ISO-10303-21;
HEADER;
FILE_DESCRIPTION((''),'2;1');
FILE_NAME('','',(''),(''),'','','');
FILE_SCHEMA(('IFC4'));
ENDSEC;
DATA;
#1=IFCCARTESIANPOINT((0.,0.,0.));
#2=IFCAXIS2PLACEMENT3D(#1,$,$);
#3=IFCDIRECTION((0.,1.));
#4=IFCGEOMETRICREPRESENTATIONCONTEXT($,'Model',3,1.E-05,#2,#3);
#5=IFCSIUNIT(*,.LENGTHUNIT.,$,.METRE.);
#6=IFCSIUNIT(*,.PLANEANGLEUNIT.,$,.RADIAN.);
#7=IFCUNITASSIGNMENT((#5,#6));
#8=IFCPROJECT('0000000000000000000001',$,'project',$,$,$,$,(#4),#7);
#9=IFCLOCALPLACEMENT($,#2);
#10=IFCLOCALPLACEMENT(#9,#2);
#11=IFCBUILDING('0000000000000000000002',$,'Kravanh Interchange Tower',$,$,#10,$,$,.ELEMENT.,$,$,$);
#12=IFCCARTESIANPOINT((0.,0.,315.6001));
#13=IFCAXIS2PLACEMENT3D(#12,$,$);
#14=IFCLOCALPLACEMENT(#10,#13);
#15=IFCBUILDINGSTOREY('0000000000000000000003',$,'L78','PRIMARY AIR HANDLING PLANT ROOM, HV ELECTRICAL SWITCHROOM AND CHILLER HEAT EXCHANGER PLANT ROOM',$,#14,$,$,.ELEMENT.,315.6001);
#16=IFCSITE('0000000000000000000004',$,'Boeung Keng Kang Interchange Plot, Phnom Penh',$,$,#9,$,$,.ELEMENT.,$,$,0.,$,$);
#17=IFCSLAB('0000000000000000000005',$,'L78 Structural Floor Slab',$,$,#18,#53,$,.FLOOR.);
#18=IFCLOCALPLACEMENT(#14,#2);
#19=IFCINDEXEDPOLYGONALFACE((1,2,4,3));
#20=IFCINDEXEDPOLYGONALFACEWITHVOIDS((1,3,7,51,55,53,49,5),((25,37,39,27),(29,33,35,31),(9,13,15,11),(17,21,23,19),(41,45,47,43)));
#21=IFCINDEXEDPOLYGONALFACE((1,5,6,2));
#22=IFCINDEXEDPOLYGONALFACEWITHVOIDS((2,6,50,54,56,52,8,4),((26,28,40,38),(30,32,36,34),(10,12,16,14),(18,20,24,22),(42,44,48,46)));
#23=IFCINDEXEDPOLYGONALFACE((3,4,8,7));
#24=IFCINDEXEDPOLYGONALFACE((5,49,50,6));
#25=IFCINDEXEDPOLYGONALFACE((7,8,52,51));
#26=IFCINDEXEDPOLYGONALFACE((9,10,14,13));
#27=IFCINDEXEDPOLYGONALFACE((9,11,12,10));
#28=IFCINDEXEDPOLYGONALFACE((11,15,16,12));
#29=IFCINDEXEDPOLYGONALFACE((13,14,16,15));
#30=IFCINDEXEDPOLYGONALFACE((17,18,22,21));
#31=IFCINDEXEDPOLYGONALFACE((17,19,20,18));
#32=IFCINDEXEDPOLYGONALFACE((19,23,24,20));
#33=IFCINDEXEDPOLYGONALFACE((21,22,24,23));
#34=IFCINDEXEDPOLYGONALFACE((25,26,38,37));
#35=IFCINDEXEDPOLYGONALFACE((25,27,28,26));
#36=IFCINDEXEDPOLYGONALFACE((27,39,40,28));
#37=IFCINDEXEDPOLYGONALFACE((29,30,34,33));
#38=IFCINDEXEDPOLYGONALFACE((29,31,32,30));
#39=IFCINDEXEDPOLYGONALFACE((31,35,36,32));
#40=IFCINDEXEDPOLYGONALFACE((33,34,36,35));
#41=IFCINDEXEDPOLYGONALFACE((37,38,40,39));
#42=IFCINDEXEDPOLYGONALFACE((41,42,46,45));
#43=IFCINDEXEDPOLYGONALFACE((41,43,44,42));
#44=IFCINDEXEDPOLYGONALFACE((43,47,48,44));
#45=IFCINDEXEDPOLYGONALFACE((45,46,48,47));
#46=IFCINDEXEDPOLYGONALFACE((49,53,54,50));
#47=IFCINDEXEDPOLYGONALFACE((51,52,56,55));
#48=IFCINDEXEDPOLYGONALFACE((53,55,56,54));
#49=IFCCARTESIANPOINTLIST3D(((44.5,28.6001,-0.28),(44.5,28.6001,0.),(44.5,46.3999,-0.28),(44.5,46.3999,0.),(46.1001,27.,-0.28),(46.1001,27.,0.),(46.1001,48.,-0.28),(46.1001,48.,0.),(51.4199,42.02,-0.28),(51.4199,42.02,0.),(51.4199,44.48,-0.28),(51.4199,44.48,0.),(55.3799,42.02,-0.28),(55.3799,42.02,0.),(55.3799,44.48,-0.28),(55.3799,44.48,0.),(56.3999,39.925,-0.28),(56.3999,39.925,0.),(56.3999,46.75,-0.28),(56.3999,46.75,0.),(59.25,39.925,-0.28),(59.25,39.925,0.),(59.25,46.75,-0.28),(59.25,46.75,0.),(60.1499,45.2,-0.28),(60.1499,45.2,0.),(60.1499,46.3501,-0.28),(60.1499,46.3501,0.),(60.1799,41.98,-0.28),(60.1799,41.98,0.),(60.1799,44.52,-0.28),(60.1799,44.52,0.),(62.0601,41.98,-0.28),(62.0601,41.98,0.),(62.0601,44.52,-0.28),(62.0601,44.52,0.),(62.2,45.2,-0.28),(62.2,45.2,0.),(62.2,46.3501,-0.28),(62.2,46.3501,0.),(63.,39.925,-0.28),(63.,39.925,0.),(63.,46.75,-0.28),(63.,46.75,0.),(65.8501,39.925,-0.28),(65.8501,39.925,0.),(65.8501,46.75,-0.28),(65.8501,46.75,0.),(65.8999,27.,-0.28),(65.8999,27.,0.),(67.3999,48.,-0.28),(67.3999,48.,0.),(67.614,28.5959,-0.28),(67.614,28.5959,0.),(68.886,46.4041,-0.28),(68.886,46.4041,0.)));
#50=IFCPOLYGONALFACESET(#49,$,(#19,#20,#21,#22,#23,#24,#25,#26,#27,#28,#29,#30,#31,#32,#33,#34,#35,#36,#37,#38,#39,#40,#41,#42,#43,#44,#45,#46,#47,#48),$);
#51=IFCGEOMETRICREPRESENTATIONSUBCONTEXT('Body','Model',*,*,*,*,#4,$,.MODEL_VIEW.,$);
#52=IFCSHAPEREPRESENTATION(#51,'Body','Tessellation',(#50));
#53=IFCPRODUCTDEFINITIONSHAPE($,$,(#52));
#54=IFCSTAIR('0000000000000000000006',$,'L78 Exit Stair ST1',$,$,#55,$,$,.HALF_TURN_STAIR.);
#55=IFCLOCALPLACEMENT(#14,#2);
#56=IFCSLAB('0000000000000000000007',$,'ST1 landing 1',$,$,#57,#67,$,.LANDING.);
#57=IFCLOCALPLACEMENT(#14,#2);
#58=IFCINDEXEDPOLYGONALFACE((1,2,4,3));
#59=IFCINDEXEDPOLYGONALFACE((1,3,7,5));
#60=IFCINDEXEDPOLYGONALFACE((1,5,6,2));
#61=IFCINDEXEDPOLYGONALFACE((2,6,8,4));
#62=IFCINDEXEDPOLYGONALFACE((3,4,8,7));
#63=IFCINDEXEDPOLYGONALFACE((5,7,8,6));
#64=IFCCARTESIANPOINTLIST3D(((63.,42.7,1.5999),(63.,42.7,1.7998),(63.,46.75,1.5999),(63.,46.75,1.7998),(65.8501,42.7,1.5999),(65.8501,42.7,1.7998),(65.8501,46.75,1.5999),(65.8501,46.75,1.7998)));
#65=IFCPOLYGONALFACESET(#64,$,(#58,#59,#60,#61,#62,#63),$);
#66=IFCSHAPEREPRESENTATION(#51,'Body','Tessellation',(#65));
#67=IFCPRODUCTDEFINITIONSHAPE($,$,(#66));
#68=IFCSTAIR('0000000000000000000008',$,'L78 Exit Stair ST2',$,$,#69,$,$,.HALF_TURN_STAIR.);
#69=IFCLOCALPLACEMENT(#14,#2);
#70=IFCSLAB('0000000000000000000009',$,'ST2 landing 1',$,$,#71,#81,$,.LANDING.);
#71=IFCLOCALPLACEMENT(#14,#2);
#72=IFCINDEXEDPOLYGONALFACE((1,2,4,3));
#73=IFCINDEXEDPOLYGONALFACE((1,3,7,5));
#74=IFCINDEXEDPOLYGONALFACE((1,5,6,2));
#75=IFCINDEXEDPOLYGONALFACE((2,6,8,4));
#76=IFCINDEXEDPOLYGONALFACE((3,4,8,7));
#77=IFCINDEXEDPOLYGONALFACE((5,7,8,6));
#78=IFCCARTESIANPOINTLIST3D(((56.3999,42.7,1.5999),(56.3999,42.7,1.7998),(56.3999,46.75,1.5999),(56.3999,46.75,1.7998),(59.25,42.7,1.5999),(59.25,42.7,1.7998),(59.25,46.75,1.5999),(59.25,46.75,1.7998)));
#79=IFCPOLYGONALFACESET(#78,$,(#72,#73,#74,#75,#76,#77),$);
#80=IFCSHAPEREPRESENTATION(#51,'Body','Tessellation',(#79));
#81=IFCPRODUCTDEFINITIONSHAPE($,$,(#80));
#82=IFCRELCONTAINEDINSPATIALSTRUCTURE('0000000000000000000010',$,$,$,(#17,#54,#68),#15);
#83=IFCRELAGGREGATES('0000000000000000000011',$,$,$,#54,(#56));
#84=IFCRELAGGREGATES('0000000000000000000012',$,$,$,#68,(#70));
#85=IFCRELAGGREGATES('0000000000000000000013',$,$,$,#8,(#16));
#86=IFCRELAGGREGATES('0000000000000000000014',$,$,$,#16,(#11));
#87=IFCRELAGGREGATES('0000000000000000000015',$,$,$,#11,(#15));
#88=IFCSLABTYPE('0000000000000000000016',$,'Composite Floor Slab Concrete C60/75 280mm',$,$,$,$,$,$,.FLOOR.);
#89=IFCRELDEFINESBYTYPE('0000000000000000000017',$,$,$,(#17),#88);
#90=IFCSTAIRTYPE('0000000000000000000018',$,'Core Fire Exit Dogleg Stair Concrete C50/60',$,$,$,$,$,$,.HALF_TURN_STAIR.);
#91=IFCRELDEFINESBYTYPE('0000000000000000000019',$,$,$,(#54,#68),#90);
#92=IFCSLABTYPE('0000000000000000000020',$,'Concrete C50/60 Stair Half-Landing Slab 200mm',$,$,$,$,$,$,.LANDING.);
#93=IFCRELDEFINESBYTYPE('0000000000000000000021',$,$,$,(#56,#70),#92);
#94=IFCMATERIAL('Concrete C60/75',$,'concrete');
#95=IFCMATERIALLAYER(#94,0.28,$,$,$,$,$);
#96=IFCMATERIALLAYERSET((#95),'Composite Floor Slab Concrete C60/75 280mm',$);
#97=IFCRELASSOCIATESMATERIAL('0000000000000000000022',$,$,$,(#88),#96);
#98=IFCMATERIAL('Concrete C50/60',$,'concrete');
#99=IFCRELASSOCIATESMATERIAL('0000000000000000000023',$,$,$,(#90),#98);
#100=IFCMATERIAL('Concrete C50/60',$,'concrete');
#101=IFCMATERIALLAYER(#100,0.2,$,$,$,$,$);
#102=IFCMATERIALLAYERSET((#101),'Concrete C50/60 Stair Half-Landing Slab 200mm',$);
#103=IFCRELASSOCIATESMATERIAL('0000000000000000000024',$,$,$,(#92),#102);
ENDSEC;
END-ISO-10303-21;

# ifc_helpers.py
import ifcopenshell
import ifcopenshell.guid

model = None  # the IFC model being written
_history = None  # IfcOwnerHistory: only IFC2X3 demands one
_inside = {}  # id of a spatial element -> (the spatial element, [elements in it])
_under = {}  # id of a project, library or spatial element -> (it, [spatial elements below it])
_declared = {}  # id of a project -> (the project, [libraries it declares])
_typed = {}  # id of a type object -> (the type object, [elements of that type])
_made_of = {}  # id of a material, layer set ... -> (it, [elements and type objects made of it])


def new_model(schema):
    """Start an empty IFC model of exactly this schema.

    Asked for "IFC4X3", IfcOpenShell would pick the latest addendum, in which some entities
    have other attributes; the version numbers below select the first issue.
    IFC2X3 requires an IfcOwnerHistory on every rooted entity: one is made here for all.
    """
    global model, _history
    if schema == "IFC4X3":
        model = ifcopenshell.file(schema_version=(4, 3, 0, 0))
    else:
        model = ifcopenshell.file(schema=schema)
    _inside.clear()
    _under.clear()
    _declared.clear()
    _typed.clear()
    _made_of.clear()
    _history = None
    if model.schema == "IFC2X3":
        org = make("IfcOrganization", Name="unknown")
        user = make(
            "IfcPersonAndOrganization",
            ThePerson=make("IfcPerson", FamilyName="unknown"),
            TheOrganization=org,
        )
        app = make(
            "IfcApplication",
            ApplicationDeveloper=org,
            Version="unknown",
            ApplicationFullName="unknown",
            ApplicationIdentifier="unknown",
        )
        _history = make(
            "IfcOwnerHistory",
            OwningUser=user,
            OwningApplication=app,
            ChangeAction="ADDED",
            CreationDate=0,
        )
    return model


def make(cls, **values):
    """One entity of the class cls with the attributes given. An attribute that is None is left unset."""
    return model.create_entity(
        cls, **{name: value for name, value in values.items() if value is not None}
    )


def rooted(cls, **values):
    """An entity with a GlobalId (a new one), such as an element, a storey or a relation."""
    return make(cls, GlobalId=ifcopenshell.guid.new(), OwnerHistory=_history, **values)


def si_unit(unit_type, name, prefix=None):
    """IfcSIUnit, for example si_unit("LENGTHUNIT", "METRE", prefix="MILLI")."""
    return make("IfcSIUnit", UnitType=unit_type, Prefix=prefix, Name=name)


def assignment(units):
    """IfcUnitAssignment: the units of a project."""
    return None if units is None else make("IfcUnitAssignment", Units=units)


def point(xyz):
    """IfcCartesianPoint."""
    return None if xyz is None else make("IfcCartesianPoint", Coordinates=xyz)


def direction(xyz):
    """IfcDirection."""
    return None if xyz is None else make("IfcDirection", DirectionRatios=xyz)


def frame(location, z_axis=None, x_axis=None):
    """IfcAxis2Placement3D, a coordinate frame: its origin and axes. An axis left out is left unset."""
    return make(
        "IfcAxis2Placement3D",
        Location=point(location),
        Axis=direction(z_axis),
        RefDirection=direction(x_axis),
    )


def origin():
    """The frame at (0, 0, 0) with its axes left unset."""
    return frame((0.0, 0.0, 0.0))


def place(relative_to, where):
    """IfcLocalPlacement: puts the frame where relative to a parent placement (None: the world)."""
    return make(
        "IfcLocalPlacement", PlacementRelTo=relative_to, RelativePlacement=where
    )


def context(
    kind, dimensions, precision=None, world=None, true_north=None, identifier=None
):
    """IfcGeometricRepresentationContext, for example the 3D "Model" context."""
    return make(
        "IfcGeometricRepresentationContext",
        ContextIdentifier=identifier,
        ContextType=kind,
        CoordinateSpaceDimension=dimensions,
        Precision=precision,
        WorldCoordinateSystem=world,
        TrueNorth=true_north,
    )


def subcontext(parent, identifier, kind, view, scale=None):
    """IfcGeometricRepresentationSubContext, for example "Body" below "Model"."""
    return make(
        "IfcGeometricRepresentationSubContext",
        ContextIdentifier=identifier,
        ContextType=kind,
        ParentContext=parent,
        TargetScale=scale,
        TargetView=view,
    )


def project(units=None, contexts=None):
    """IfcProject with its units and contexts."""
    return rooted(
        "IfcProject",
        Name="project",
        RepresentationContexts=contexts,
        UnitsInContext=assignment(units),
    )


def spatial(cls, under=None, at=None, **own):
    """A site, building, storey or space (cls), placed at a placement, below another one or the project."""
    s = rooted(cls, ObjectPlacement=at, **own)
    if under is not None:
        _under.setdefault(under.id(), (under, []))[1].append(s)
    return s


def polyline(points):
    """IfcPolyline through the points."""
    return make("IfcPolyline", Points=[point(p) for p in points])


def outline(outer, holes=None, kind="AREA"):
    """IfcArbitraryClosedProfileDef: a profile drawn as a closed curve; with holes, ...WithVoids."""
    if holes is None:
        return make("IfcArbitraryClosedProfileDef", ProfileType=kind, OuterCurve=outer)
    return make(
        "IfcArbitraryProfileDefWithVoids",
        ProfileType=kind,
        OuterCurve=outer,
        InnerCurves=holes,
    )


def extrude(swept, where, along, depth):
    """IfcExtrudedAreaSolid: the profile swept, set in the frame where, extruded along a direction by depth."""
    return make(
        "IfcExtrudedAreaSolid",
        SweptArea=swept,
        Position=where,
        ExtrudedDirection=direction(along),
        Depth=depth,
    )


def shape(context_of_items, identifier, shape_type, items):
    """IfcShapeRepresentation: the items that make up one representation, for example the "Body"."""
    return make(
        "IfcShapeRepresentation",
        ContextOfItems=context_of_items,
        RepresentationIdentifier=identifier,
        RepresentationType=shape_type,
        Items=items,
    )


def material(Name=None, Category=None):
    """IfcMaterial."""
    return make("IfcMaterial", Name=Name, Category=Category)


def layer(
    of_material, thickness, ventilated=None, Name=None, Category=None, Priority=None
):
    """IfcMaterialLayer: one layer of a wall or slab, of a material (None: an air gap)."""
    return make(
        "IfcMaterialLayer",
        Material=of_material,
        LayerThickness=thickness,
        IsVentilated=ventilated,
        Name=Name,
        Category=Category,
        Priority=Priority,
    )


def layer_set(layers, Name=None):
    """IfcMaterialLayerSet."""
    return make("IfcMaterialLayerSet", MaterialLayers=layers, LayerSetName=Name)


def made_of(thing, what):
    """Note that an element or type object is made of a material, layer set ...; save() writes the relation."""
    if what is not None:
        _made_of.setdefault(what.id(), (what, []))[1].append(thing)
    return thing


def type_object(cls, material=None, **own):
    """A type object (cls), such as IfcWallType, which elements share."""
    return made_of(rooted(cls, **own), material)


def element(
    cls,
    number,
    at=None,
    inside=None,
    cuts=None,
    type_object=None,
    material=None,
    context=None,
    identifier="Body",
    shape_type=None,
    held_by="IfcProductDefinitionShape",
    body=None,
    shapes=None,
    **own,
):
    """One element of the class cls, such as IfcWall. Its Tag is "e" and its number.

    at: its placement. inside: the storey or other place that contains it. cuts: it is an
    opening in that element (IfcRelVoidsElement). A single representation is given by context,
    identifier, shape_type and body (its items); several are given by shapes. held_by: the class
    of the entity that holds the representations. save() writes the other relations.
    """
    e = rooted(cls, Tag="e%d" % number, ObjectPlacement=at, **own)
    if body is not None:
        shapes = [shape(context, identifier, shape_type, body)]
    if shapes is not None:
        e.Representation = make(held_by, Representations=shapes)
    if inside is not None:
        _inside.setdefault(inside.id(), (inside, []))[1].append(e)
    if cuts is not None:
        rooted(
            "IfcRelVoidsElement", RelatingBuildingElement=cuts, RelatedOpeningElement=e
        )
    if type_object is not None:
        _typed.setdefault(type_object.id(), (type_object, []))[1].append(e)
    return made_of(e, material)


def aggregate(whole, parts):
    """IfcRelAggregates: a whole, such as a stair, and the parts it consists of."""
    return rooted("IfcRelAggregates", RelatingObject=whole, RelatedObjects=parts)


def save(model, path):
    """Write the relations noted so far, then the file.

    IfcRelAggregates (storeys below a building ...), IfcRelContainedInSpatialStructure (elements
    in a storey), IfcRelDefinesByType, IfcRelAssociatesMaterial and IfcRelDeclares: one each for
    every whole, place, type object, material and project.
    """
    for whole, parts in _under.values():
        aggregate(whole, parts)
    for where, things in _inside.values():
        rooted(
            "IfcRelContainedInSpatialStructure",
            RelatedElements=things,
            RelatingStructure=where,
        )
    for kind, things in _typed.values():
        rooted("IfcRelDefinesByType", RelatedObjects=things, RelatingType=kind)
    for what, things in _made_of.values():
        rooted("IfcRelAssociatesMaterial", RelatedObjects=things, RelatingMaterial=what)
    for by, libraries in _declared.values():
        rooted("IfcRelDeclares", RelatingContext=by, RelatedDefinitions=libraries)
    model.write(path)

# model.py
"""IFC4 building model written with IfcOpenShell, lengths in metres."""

from ifc_helpers import new_model, si_unit, direction, frame, origin, place, context, subcontext, project, spatial, polyline, outline, extrude, material, layer, layer_set, type_object, element, aggregate, save


model = new_model("IFC4")

# Units and contexts
model_context = context("Model", 3, precision=1e-05, world=origin(), true_north=direction((0.0, 1.0)))
body_context = subcontext(model_context, "Body", "Model", "MODEL_VIEW")
ifc_project = project(units=[si_unit("LENGTHUNIT", "METRE"), si_unit("PLANEANGLEUNIT", "RADIAN")], contexts=[model_context])

# Site, building, storey
site_placement = place(None, origin())
site = spatial("IfcSite", under=ifc_project, at=site_placement, Name="Boeung Keng Kang Interchange Plot, Phnom Penh", CompositionType="ELEMENT", RefElevation=0.0)
building_placement = place(site_placement, origin())
building = spatial("IfcBuilding", under=site, at=building_placement, Name="Kravanh Interchange Tower", CompositionType="ELEMENT")
storey_placement = place(building_placement, frame((0.0, 0.0, 315.6001)))
storey = spatial("IfcBuildingStorey", under=building, at=storey_placement, Name="L78", Description="PRIMARY AIR HANDLING PLANT ROOM, HV ELECTRICAL SWITCHROOM AND CHILLER HEAT EXCHANGER PLANT ROOM", CompositionType="ELEMENT", Elevation=315.6001)

# Slab
ifc_material_1 = material(Name="Concrete C60/75", Category="concrete")
ifc_layer_1 = layer(ifc_material_1, 0.28)
ifc_layer_set_1 = layer_set([ifc_layer_1], Name="Composite Floor Slab Concrete C60/75 280mm")
slab_type_1 = type_object("IfcSlabType", Name="Composite Floor Slab Concrete C60/75 280mm", PredefinedType="FLOOR", material=ifc_layer_set_1)
slab_1_placement = place(storey_placement, frame((0.0, 0.0, -0.28)))
element("IfcSlab", 1, at=slab_1_placement, inside=storey, type_object=slab_type_1, Name="L78 Structural Floor Slab", PredefinedType="FLOOR", context=body_context, shape_type="SweptSolid", body=[
    extrude(outline(polyline([(44.5, 28.6001), (46.1001, 27.0), (65.8999, 27.0), (67.614, 28.5959), (68.886, 46.4041), (67.3999, 48.0), (46.1001, 48.0), (44.5, 46.3999), (44.5, 28.6001)]), holes=[polyline([(65.8501, 39.925), (65.8501, 46.75), (63.0, 46.75), (63.0, 39.925), (65.8501, 39.925)]), polyline([(59.25, 39.925), (59.25, 46.75), (56.3999, 46.75), (56.3999, 39.925), (59.25, 39.925)]), polyline([(51.4199, 42.02), (55.3799, 42.02), (55.3799, 44.48), (51.4199, 44.48), (51.4199, 42.02)]), polyline([(60.1799, 41.98), (62.0601, 41.98), (62.0601, 44.52), (60.1799, 44.52), (60.1799, 41.98)]), polyline([(60.1499, 45.2), (62.2, 45.2), (62.2, 46.3501), (60.1499, 46.3501), (60.1499, 45.2)])]), origin(), (0.0, 0.0, 1.0), 0.28),
])

# Stairs, slabs
ifc_material_2 = material(Name="Concrete C50/60", Category="concrete")
stair_type = type_object("IfcStairType", Name="Core Fire Exit Dogleg Stair Concrete C50/60", PredefinedType="HALF_TURN_STAIR", material=ifc_material_2)
stair_1_placement = place(storey_placement, origin())
stair_1 = element("IfcStair", 2, at=stair_1_placement, inside=storey, type_object=stair_type, Name="L78 Exit Stair ST1", PredefinedType="HALF_TURN_STAIR")
ifc_material_3 = material(Name="Concrete C50/60", Category="concrete")
ifc_layer_2 = layer(ifc_material_3, 0.2)
ifc_layer_set_2 = layer_set([ifc_layer_2], Name="Concrete C50/60 Stair Half-Landing Slab 200mm")
slab_type_2 = type_object("IfcSlabType", Name="Concrete C50/60 Stair Half-Landing Slab 200mm", PredefinedType="LANDING", material=ifc_layer_set_2)
slab_2_placement = place(storey_placement, frame((0.0, 0.0, 1.5999)))
slab_2 = element("IfcSlab", 3, at=slab_2_placement, type_object=slab_type_2, Name="ST1 landing 1", PredefinedType="LANDING", context=body_context, shape_type="SweptSolid", body=[
    extrude(outline(polyline([(65.8501, 42.7), (65.8501, 46.75), (63.0, 46.75), (63.0, 42.7), (65.8501, 42.7)])), origin(), (0.0, 0.0, 1.0), 0.2),
])
aggregate(stair_1, [slab_2])
stair_2_placement = place(storey_placement, origin())
stair_2 = element("IfcStair", 4, at=stair_2_placement, inside=storey, type_object=stair_type, Name="L78 Exit Stair ST2", PredefinedType="HALF_TURN_STAIR")
slab_3_placement = place(storey_placement, frame((0.0, 0.0, 1.5999)))
slab_3 = element("IfcSlab", 5, at=slab_3_placement, type_object=slab_type_2, Name="ST2 landing 1", PredefinedType="LANDING", context=body_context, shape_type="SweptSolid", body=[
    extrude(outline(polyline([(59.25, 42.7), (59.25, 46.75), (56.3999, 46.75), (56.3999, 42.7), (59.25, 42.7)])), origin(), (0.0, 0.0, 1.0), 0.2),
])
aggregate(stair_2, [slab_3])

save(model, "model.ifc")
